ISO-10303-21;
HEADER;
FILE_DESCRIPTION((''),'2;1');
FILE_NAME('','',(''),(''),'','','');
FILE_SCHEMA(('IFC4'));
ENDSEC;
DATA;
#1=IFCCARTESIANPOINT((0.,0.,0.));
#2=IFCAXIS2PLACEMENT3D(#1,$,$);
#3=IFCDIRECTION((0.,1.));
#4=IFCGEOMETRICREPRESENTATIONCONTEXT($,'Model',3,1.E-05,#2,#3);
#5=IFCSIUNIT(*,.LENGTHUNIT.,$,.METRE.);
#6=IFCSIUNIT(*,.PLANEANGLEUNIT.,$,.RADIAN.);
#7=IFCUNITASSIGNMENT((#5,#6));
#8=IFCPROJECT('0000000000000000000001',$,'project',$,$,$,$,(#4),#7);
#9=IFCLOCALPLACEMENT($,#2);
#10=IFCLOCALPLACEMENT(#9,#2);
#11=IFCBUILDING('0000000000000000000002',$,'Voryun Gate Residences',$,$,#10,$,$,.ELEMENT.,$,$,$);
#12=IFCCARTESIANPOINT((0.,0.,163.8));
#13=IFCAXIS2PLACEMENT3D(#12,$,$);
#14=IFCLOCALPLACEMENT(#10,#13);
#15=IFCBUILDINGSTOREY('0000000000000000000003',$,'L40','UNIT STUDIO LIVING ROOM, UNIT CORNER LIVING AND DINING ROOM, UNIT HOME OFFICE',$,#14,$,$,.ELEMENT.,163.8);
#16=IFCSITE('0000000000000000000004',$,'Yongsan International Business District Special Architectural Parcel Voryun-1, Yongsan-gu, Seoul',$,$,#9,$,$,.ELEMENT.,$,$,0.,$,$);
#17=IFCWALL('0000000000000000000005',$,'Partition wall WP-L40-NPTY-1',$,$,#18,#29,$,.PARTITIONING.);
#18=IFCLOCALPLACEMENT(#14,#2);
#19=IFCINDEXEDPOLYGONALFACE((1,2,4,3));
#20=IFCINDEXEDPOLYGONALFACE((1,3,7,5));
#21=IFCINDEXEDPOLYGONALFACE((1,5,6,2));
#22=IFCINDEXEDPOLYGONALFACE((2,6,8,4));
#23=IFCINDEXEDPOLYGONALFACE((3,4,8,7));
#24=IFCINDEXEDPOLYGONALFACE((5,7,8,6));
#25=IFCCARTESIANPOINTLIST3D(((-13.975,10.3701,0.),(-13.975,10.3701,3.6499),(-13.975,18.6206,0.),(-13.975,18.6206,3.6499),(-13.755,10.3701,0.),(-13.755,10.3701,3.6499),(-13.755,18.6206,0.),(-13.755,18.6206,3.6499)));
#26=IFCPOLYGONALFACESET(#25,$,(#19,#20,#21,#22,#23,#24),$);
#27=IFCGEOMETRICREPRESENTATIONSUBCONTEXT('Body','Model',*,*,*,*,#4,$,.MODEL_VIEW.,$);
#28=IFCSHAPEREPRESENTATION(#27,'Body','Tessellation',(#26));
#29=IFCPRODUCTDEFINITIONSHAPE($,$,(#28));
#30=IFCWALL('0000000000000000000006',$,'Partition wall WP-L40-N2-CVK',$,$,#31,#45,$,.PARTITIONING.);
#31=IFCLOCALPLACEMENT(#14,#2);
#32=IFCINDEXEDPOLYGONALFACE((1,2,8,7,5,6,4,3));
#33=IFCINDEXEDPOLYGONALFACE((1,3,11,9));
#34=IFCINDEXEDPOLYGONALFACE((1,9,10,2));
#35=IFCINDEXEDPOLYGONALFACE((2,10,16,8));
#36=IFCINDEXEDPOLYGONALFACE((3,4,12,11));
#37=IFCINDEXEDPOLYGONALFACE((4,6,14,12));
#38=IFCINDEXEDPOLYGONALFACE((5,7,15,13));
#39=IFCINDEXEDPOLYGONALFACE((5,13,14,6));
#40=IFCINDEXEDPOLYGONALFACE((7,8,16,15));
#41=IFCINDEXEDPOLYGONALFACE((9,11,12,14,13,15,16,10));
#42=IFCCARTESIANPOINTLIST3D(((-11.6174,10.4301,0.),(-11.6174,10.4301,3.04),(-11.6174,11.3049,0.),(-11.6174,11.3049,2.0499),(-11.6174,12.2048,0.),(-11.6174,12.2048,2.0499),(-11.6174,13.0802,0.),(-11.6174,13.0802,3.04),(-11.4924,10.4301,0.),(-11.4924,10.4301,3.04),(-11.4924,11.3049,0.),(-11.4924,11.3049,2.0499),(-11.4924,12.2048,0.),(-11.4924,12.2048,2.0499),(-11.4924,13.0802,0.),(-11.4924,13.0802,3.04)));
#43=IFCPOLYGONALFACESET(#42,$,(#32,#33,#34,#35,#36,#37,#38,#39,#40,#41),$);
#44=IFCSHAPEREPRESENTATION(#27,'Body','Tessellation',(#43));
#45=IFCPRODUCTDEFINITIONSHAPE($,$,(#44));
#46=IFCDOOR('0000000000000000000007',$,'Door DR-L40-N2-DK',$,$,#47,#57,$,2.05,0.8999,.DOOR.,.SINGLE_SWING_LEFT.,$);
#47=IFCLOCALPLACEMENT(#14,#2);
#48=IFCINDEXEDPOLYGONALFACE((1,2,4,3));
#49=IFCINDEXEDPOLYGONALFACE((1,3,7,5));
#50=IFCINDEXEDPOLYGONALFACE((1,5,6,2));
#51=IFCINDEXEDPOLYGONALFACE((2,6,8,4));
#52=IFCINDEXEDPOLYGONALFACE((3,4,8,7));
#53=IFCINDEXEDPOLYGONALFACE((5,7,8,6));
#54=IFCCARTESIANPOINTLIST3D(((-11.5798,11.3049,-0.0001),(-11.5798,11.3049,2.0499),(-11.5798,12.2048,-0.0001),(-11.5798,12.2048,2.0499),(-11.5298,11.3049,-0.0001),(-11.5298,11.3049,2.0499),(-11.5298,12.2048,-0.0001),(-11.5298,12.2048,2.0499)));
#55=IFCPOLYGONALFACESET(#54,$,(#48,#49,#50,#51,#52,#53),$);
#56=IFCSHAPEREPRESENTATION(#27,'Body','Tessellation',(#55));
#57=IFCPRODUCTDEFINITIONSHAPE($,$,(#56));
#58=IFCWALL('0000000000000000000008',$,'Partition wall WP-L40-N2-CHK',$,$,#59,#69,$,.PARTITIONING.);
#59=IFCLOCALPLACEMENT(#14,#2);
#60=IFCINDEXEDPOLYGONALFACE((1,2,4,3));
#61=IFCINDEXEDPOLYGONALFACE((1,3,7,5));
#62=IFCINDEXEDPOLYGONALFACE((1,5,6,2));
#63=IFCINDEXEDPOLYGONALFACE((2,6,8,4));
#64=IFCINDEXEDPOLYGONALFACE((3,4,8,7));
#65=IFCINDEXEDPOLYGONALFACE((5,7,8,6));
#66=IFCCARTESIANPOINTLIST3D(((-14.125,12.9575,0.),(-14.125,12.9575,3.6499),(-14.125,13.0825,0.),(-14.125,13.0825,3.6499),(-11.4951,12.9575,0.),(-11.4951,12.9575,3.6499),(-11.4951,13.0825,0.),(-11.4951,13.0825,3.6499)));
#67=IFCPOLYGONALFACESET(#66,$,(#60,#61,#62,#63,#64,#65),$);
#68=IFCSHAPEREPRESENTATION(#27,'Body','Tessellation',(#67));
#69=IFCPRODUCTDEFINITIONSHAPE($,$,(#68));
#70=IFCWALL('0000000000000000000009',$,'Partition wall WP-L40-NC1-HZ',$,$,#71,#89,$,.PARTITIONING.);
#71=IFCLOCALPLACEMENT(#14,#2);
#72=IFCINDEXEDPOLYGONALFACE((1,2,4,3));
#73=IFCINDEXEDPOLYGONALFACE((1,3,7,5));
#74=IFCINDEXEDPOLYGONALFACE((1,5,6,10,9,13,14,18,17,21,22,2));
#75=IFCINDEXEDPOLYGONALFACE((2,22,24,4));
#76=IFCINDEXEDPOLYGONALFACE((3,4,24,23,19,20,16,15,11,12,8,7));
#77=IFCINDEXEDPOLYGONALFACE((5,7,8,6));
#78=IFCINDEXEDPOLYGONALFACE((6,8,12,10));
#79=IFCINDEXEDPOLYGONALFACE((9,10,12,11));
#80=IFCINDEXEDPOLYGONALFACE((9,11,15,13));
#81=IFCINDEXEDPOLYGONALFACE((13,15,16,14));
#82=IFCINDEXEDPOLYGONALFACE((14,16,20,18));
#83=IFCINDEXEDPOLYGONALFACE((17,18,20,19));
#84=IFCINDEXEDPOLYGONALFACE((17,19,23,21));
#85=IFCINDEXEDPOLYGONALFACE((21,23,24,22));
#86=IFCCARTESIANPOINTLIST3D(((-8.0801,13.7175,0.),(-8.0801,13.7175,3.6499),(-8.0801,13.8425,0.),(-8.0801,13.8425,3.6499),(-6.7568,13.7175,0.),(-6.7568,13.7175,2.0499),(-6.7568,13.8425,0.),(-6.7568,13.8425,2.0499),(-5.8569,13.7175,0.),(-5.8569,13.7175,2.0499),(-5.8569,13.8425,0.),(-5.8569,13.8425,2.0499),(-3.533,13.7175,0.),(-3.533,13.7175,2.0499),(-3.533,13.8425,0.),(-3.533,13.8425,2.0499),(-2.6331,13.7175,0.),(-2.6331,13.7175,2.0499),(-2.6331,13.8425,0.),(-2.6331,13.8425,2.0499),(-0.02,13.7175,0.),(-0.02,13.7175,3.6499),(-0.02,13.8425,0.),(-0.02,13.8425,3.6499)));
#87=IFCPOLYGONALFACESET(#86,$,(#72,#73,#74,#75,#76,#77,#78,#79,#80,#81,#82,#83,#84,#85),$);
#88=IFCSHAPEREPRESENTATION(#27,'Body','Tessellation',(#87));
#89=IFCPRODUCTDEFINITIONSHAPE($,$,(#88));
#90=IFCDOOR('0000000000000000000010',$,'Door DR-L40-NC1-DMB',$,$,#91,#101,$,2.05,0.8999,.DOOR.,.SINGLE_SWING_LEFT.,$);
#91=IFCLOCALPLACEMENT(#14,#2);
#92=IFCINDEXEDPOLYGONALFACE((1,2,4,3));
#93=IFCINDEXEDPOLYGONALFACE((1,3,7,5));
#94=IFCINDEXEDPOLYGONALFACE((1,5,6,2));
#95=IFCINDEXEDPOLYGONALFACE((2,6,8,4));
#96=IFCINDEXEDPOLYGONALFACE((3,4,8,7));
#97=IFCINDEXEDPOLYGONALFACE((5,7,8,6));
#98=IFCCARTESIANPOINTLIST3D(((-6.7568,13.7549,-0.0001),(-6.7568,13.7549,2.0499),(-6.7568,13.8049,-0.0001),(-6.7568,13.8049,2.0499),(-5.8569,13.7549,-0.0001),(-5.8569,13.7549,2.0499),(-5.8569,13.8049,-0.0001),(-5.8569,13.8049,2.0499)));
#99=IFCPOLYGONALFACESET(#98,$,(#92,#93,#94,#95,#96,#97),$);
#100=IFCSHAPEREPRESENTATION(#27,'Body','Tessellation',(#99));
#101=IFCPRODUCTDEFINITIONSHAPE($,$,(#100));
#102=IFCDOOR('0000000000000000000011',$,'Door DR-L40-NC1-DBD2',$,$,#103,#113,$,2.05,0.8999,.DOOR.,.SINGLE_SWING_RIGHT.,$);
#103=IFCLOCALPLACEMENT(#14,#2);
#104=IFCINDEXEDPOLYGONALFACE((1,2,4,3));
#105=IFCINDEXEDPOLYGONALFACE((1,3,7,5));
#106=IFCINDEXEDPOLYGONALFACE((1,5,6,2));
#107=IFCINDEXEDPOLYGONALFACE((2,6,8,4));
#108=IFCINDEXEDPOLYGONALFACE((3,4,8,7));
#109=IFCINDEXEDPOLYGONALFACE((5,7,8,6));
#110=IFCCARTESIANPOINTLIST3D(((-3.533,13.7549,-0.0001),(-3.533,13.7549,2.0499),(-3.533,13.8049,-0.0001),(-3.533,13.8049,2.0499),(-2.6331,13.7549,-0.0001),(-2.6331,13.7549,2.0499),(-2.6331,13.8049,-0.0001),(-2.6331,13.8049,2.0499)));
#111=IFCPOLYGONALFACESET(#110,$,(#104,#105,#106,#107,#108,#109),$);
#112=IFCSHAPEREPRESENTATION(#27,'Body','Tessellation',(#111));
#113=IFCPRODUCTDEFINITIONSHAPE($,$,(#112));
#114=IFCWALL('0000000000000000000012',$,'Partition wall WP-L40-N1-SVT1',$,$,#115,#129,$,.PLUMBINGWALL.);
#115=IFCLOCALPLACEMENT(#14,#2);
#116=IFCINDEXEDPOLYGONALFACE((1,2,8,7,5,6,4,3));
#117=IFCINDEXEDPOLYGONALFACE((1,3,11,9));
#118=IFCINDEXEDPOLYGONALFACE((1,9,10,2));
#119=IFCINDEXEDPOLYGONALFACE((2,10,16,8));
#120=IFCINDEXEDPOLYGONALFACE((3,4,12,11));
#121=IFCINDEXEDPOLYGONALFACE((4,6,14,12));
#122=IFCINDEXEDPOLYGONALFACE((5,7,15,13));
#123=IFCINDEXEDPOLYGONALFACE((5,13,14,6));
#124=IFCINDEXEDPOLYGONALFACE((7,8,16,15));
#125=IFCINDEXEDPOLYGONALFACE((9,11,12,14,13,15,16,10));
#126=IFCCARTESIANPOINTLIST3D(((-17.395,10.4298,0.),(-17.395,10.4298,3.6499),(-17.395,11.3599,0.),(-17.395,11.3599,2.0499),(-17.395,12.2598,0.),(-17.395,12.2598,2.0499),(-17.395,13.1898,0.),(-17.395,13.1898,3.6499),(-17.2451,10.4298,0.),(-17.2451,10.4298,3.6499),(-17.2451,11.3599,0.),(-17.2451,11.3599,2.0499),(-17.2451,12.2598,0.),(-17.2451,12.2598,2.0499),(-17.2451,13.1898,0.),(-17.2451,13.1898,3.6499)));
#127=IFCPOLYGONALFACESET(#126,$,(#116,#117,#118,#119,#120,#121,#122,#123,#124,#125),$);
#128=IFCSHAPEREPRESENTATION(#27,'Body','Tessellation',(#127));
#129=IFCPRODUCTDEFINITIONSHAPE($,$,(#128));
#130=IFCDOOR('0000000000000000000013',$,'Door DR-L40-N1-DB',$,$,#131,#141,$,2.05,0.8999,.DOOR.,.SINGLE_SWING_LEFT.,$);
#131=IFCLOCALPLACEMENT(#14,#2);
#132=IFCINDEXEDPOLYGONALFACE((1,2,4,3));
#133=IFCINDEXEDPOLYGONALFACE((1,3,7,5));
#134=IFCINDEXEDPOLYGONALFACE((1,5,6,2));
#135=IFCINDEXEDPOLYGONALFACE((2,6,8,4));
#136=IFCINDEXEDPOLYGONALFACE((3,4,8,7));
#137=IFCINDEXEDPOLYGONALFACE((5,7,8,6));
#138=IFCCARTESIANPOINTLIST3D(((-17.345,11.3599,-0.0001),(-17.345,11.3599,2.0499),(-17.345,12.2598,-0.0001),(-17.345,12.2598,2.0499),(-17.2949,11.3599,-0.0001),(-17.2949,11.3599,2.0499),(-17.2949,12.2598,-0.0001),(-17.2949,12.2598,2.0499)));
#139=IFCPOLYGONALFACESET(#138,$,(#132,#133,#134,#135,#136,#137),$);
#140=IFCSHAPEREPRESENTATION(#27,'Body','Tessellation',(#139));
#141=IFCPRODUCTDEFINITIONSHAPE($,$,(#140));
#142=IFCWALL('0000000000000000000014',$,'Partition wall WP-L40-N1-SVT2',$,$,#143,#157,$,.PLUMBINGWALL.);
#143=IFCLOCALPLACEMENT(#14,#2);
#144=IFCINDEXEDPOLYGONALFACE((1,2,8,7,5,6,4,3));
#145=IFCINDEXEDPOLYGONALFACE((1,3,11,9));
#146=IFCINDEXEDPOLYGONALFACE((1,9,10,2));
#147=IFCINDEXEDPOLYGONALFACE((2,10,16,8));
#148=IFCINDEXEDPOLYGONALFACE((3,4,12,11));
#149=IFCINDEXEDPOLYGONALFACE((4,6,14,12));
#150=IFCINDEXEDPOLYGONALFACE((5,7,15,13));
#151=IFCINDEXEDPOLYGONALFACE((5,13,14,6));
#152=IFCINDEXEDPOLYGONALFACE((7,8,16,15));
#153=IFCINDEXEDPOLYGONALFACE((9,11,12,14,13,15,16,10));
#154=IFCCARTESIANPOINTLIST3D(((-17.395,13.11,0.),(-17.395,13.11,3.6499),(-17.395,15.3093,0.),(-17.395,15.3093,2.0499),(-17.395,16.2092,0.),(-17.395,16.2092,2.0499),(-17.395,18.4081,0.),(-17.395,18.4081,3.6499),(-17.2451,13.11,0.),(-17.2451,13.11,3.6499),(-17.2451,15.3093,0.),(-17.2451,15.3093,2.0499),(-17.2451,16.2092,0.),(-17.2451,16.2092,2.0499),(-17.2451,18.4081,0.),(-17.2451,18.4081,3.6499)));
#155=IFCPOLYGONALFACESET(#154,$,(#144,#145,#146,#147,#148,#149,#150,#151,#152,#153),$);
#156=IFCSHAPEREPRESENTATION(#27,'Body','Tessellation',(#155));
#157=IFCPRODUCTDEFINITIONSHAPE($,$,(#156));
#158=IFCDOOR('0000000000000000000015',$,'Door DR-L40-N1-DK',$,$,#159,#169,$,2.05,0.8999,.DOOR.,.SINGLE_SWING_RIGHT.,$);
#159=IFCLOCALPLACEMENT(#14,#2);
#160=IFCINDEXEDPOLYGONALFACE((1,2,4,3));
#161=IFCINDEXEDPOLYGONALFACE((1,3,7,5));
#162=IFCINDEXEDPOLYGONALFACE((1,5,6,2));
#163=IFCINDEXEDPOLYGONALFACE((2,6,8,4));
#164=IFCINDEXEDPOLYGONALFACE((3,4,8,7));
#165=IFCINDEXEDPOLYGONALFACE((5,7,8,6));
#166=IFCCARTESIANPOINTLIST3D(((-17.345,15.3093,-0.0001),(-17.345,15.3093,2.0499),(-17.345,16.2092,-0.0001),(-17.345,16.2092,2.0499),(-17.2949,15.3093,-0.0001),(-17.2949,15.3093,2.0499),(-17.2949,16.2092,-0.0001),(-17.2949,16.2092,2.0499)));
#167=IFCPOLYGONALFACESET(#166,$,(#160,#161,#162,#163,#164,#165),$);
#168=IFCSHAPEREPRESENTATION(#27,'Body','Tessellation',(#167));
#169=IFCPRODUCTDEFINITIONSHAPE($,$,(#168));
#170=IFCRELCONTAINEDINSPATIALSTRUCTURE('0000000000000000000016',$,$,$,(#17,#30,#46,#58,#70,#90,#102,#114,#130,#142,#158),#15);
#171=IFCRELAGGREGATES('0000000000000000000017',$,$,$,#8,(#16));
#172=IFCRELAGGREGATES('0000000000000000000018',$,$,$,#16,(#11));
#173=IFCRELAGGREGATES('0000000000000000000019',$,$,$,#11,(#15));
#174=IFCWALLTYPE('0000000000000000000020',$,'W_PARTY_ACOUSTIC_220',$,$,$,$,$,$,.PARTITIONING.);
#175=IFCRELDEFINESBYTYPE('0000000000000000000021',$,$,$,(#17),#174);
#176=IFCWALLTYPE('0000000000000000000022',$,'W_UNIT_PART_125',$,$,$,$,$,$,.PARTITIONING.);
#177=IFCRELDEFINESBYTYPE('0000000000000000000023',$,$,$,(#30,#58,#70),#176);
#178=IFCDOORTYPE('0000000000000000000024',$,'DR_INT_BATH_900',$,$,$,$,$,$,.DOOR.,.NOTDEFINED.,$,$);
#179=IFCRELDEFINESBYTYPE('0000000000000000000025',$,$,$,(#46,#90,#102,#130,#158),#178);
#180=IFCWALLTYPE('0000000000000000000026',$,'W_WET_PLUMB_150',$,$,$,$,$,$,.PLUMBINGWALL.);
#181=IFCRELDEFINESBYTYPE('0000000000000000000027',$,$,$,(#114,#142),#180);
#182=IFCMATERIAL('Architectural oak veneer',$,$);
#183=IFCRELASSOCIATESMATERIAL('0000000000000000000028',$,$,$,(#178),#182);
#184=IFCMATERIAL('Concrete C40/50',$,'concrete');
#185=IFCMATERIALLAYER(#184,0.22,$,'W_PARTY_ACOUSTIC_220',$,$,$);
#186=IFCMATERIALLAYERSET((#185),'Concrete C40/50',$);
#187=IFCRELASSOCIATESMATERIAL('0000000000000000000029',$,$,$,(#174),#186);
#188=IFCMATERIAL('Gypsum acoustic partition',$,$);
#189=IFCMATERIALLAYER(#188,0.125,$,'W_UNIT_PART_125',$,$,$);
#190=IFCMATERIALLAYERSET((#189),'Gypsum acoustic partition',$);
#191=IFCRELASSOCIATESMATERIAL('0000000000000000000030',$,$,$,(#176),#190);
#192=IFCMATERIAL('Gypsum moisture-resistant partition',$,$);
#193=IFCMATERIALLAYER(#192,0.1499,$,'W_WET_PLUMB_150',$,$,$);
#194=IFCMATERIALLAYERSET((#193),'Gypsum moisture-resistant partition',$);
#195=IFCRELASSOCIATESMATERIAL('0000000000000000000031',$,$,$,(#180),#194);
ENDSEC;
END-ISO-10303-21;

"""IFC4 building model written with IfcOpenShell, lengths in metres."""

from ifc_helpers import new_model, si_unit, direction, frame, frame_2d, origin, place, context, subcontext, project, spatial, rectangle, extrude, material, layer, layer_set, type_object, element, fill, save


model = new_model("IFC4")

# Units and contexts
model_context = context("Model", 3, precision=1e-05, world=origin(), true_north=direction((0.0, 1.0)))
body_context = subcontext(model_context, "Body", "Model", "MODEL_VIEW")
ifc_project = project(units=[si_unit("LENGTHUNIT", "METRE"), si_unit("PLANEANGLEUNIT", "RADIAN")], contexts=[model_context])

# Site, building, storey
site_placement = place(None, origin())
site = spatial("IfcSite", under=ifc_project, at=site_placement, Name="Yongsan International Business District Special Architectural Parcel Voryun-1, Yongsan-gu, Seoul", CompositionType="ELEMENT", RefElevation=0.0)
building_placement = place(site_placement, origin())
building = spatial("IfcBuilding", under=site, at=building_placement, Name="Voryun Gate Residences", CompositionType="ELEMENT")
storey_placement = place(building_placement, frame((0.0, 0.0, 163.8)))
storey = spatial("IfcBuildingStorey", under=building, at=storey_placement, Name="L40", Description="UNIT STUDIO LIVING ROOM, UNIT CORNER LIVING AND DINING ROOM, UNIT HOME OFFICE", CompositionType="ELEMENT", Elevation=163.8)

# Shared definitions
ifc_material_1 = material(Name="Architectural oak veneer")
door_type = type_object("IfcDoorType", Name="DR_INT_BATH_900", OperationType="NOTDEFINED", PredefinedType="DOOR", material=ifc_material_1)

# Wall
ifc_material_2 = material(Name="Concrete C40/50", Category="concrete")
ifc_layer_1 = layer(ifc_material_2, 0.22, Name="W_PARTY_ACOUSTIC_220")
ifc_layer_set_1 = layer_set([ifc_layer_1], Name="Concrete C40/50")
wall_type_1 = type_object("IfcWallType", Name="W_PARTY_ACOUSTIC_220", PredefinedType="PARTITIONING", material=ifc_layer_set_1)
wall_1_placement = place(storey_placement, frame((-13.865, 10.3701, 0.0), z_axis=(0.0, 0.0, 1.0), x_axis=(0.0, 1.0, 0.0)))
element("IfcWall", 1, at=wall_1_placement, inside=storey, type_object=wall_type_1, Name="Partition wall WP-L40-NPTY-1", PredefinedType="PARTITIONING", context=body_context, shape_type="SweptSolid", body=[
    extrude(rectangle(XDim=8.2505, YDim=0.22, at=frame_2d((4.1252, 0.0))), origin(), (0.0, 0.0, 1.0), 3.6499),
])

# Wall, opening, door
ifc_material_3 = material(Name="Gypsum acoustic partition")
ifc_layer_2 = layer(ifc_material_3, 0.125, Name="W_UNIT_PART_125")
ifc_layer_set_2 = layer_set([ifc_layer_2], Name="Gypsum acoustic partition")
wall_type_2 = type_object("IfcWallType", Name="W_UNIT_PART_125", PredefinedType="PARTITIONING", material=ifc_layer_set_2)
wall_2_placement = place(storey_placement, frame((-11.5549, 10.4299, 0.0), z_axis=(0.0, 0.0, 1.0), x_axis=(0.0, 1.0, 0.0)))
wall_2 = element("IfcWall", 2, at=wall_2_placement, inside=storey, type_object=wall_type_2, Name="Partition wall WP-L40-N2-CVK", PredefinedType="PARTITIONING", context=body_context, shape_type="SweptSolid", body=[
    extrude(rectangle(XDim=2.6501, YDim=0.125, at=frame_2d((1.3252, 0.0))), origin(), (0.0, 0.0, 1.0), 3.04),
])
opening_1_placement = place(wall_2_placement, frame((0.875, 0.0, 0.0)))
opening_1 = element("IfcOpeningElement", 3, at=opening_1_placement, cuts=wall_2, PredefinedType="OPENING", context=body_context, shape_type="SweptSolid", body=[
    extrude(rectangle(XDim=0.8999, YDim=2.05, at=frame_2d((0.45, 1.0249))), frame((0.0, 0.0725, 0.0), z_axis=(0.0, -1.0, 0.0), x_axis=(1.0, 0.0, 0.0)), (0.0, 0.0, 1.0), 0.145),
])
door_1_placement = place(opening_1_placement, origin())
door_1 = element("IfcDoor", 4, at=door_1_placement, inside=storey, type_object=door_type, Name="Door DR-L40-N2-DK", OperationType="SINGLE_SWING_LEFT", OverallHeight=2.05, OverallWidth=0.8999, PredefinedType="DOOR", context=body_context, shape_type="SweptSolid", body=[
    extrude(rectangle(XDim=0.8999, YDim=2.05, at=frame_2d((0.45, 1.0249))), frame((0.0, 0.0249, 0.0), z_axis=(0.0, -1.0, 0.0), x_axis=(1.0, 0.0, 0.0)), (0.0, 0.0, 1.0), 0.05),
])
fill(opening_1, door_1)

# Wall
wall_3_placement = place(storey_placement, frame((-14.125, 13.02, 0.0), z_axis=(0.0, 0.0, 1.0), x_axis=(1.0, 0.0, 0.0)))
element("IfcWall", 5, at=wall_3_placement, inside=storey, type_object=wall_type_2, Name="Partition wall WP-L40-N2-CHK", PredefinedType="PARTITIONING", context=body_context, shape_type="SweptSolid", body=[
    extrude(rectangle(XDim=2.6299, YDim=0.125, at=frame_2d((1.3149, 0.0))), origin(), (0.0, 0.0, 1.0), 3.6499),
])

# Wall, openings, doors
wall_4_placement = place(storey_placement, frame((-8.0801, 13.78, 0.0), z_axis=(0.0, 0.0, 1.0), x_axis=(1.0, 0.0, 0.0)))
wall_4 = element("IfcWall", 6, at=wall_4_placement, inside=storey, type_object=wall_type_2, Name="Partition wall WP-L40-NC1-HZ", PredefinedType="PARTITIONING", context=body_context, shape_type="SweptSolid", body=[
    extrude(rectangle(XDim=8.0601, YDim=0.125, at=frame_2d((4.03, 0.0))), origin(), (0.0, 0.0, 1.0), 3.6499),
])
opening_2_placement = place(wall_4_placement, frame((1.3232, 0.0, 0.0)))
opening_2 = element("IfcOpeningElement", 7, at=opening_2_placement, cuts=wall_4, PredefinedType="OPENING", context=body_context, shape_type="SweptSolid", body=[
    extrude(rectangle(XDim=0.8999, YDim=2.05, at=frame_2d((0.45, 1.0249))), frame((0.0, 0.0725, 0.0), z_axis=(0.0, -1.0, 0.0), x_axis=(1.0, 0.0, 0.0)), (0.0, 0.0, 1.0), 0.145),
])
opening_3_placement = place(wall_4_placement, frame((4.5471, 0.0, 0.0)))
opening_3 = element("IfcOpeningElement", 8, at=opening_3_placement, cuts=wall_4, PredefinedType="OPENING", context=body_context, shape_type="SweptSolid", body=[
    extrude(rectangle(XDim=0.8999, YDim=2.05, at=frame_2d((0.45, 1.0249))), frame((0.0, 0.0725, 0.0), z_axis=(0.0, -1.0, 0.0), x_axis=(1.0, 0.0, 0.0)), (0.0, 0.0, 1.0), 0.145),
])
door_2_placement = place(opening_2_placement, origin())
door_2 = element("IfcDoor", 9, at=door_2_placement, inside=storey, type_object=door_type, Name="Door DR-L40-NC1-DMB", OperationType="SINGLE_SWING_LEFT", OverallHeight=2.05, OverallWidth=0.8999, PredefinedType="DOOR", context=body_context, shape_type="SweptSolid", body=[
    extrude(rectangle(XDim=0.8999, YDim=2.05, at=frame_2d((0.45, 1.0249))), frame((0.0, 0.0249, 0.0), z_axis=(0.0, -1.0, 0.0), x_axis=(1.0, 0.0, 0.0)), (0.0, 0.0, 1.0), 0.05),
])
fill(opening_2, door_2)
door_3_placement = place(opening_3_placement, origin())
door_3 = element("IfcDoor", 10, at=door_3_placement, inside=storey, type_object=door_type, Name="Door DR-L40-NC1-DBD2", OperationType="SINGLE_SWING_RIGHT", OverallHeight=2.05, OverallWidth=0.8999, PredefinedType="DOOR", context=body_context, shape_type="SweptSolid", body=[
    extrude(rectangle(XDim=0.8999, YDim=2.05, at=frame_2d((0.45, 1.0249))), frame((0.0, 0.0249, 0.0), z_axis=(0.0, -1.0, 0.0), x_axis=(1.0, 0.0, 0.0)), (0.0, 0.0, 1.0), 0.05),
])
fill(opening_3, door_3)

# Walls, openings, doors
ifc_material_4 = material(Name="Gypsum moisture-resistant partition")
ifc_layer_3 = layer(ifc_material_4, 0.1499, Name="W_WET_PLUMB_150")
ifc_layer_set_3 = layer_set([ifc_layer_3], Name="Gypsum moisture-resistant partition")
wall_type_3 = type_object("IfcWallType", Name="W_WET_PLUMB_150", PredefinedType="PLUMBINGWALL", material=ifc_layer_set_3)
wall_5_placement = place(storey_placement, frame((-17.3201, 10.4299, 0.0), z_axis=(0.0, 0.0, 1.0), x_axis=(0.0, 1.0, 0.0)))
wall_5 = element("IfcWall", 11, at=wall_5_placement, inside=storey, type_object=wall_type_3, Name="Partition wall WP-L40-N1-SVT1", PredefinedType="PLUMBINGWALL", context=body_context, shape_type="SweptSolid", body=[
    extrude(rectangle(XDim=2.76, YDim=0.1499, at=frame_2d((1.3799, 0.0))), origin(), (0.0, 0.0, 1.0), 3.6499),
])
opening_4_placement = place(wall_5_placement, frame((0.9299, 0.0, 0.0)))
opening_4 = element("IfcOpeningElement", 12, at=opening_4_placement, cuts=wall_5, PredefinedType="OPENING", context=body_context, shape_type="SweptSolid", body=[
    extrude(rectangle(XDim=0.8999, YDim=2.05, at=frame_2d((0.45, 1.0249))), frame((0.0, 0.085, 0.0), z_axis=(0.0, -1.0, 0.0), x_axis=(1.0, 0.0, 0.0)), (0.0, 0.0, 1.0), 0.1699),
])
door_4_placement = place(opening_4_placement, origin())
door_4 = element("IfcDoor", 13, at=door_4_placement, inside=storey, type_object=door_type, Name="Door DR-L40-N1-DB", OperationType="SINGLE_SWING_LEFT", OverallHeight=2.05, OverallWidth=0.8999, PredefinedType="DOOR", context=body_context, shape_type="SweptSolid", body=[
    extrude(rectangle(XDim=0.8999, YDim=2.05, at=frame_2d((0.45, 1.0249))), frame((0.0, 0.0249, 0.0), z_axis=(0.0, -1.0, 0.0), x_axis=(1.0, 0.0, 0.0)), (0.0, 0.0, 1.0), 0.05),
])
fill(opening_4, door_4)
wall_6_placement = place(storey_placement, frame((-17.3201, 13.1101, 0.0), z_axis=(0.0, 0.0, 1.0), x_axis=(0.0, 1.0, 0.0)))
wall_6 = element("IfcWall", 14, at=wall_6_placement, inside=storey, type_object=wall_type_3, Name="Partition wall WP-L40-N1-SVT2", PredefinedType="PLUMBINGWALL", context=body_context, shape_type="SweptSolid", body=[
    extrude(rectangle(XDim=5.2981, YDim=0.1499, at=frame_2d((2.6489, 0.0))), origin(), (0.0, 0.0, 1.0), 3.6499),
])
opening_5_placement = place(wall_6_placement, frame((2.1992, 0.0, 0.0)))
opening_5 = element("IfcOpeningElement", 15, at=opening_5_placement, cuts=wall_6, PredefinedType="OPENING", context=body_context, shape_type="SweptSolid", body=[
    extrude(rectangle(XDim=0.8999, YDim=2.05, at=frame_2d((0.45, 1.0249))), frame((0.0, 0.085, 0.0), z_axis=(0.0, -1.0, 0.0), x_axis=(1.0, 0.0, 0.0)), (0.0, 0.0, 1.0), 0.1699),
])
door_5_placement = place(opening_5_placement, origin())
door_5 = element("IfcDoor", 16, at=door_5_placement, inside=storey, type_object=door_type, Name="Door DR-L40-N1-DK", OperationType="SINGLE_SWING_RIGHT", OverallHeight=2.05, OverallWidth=0.8999, PredefinedType="DOOR", context=body_context, shape_type="SweptSolid", body=[
    extrude(rectangle(XDim=0.8999, YDim=2.05, at=frame_2d((0.45, 1.0249))), frame((0.0, 0.0249, 0.0), z_axis=(0.0, -1.0, 0.0), x_axis=(1.0, 0.0, 0.0)), (0.0, 0.0, 1.0), 0.05),
])
fill(opening_5, door_5)

save(model, "model.ifc")
